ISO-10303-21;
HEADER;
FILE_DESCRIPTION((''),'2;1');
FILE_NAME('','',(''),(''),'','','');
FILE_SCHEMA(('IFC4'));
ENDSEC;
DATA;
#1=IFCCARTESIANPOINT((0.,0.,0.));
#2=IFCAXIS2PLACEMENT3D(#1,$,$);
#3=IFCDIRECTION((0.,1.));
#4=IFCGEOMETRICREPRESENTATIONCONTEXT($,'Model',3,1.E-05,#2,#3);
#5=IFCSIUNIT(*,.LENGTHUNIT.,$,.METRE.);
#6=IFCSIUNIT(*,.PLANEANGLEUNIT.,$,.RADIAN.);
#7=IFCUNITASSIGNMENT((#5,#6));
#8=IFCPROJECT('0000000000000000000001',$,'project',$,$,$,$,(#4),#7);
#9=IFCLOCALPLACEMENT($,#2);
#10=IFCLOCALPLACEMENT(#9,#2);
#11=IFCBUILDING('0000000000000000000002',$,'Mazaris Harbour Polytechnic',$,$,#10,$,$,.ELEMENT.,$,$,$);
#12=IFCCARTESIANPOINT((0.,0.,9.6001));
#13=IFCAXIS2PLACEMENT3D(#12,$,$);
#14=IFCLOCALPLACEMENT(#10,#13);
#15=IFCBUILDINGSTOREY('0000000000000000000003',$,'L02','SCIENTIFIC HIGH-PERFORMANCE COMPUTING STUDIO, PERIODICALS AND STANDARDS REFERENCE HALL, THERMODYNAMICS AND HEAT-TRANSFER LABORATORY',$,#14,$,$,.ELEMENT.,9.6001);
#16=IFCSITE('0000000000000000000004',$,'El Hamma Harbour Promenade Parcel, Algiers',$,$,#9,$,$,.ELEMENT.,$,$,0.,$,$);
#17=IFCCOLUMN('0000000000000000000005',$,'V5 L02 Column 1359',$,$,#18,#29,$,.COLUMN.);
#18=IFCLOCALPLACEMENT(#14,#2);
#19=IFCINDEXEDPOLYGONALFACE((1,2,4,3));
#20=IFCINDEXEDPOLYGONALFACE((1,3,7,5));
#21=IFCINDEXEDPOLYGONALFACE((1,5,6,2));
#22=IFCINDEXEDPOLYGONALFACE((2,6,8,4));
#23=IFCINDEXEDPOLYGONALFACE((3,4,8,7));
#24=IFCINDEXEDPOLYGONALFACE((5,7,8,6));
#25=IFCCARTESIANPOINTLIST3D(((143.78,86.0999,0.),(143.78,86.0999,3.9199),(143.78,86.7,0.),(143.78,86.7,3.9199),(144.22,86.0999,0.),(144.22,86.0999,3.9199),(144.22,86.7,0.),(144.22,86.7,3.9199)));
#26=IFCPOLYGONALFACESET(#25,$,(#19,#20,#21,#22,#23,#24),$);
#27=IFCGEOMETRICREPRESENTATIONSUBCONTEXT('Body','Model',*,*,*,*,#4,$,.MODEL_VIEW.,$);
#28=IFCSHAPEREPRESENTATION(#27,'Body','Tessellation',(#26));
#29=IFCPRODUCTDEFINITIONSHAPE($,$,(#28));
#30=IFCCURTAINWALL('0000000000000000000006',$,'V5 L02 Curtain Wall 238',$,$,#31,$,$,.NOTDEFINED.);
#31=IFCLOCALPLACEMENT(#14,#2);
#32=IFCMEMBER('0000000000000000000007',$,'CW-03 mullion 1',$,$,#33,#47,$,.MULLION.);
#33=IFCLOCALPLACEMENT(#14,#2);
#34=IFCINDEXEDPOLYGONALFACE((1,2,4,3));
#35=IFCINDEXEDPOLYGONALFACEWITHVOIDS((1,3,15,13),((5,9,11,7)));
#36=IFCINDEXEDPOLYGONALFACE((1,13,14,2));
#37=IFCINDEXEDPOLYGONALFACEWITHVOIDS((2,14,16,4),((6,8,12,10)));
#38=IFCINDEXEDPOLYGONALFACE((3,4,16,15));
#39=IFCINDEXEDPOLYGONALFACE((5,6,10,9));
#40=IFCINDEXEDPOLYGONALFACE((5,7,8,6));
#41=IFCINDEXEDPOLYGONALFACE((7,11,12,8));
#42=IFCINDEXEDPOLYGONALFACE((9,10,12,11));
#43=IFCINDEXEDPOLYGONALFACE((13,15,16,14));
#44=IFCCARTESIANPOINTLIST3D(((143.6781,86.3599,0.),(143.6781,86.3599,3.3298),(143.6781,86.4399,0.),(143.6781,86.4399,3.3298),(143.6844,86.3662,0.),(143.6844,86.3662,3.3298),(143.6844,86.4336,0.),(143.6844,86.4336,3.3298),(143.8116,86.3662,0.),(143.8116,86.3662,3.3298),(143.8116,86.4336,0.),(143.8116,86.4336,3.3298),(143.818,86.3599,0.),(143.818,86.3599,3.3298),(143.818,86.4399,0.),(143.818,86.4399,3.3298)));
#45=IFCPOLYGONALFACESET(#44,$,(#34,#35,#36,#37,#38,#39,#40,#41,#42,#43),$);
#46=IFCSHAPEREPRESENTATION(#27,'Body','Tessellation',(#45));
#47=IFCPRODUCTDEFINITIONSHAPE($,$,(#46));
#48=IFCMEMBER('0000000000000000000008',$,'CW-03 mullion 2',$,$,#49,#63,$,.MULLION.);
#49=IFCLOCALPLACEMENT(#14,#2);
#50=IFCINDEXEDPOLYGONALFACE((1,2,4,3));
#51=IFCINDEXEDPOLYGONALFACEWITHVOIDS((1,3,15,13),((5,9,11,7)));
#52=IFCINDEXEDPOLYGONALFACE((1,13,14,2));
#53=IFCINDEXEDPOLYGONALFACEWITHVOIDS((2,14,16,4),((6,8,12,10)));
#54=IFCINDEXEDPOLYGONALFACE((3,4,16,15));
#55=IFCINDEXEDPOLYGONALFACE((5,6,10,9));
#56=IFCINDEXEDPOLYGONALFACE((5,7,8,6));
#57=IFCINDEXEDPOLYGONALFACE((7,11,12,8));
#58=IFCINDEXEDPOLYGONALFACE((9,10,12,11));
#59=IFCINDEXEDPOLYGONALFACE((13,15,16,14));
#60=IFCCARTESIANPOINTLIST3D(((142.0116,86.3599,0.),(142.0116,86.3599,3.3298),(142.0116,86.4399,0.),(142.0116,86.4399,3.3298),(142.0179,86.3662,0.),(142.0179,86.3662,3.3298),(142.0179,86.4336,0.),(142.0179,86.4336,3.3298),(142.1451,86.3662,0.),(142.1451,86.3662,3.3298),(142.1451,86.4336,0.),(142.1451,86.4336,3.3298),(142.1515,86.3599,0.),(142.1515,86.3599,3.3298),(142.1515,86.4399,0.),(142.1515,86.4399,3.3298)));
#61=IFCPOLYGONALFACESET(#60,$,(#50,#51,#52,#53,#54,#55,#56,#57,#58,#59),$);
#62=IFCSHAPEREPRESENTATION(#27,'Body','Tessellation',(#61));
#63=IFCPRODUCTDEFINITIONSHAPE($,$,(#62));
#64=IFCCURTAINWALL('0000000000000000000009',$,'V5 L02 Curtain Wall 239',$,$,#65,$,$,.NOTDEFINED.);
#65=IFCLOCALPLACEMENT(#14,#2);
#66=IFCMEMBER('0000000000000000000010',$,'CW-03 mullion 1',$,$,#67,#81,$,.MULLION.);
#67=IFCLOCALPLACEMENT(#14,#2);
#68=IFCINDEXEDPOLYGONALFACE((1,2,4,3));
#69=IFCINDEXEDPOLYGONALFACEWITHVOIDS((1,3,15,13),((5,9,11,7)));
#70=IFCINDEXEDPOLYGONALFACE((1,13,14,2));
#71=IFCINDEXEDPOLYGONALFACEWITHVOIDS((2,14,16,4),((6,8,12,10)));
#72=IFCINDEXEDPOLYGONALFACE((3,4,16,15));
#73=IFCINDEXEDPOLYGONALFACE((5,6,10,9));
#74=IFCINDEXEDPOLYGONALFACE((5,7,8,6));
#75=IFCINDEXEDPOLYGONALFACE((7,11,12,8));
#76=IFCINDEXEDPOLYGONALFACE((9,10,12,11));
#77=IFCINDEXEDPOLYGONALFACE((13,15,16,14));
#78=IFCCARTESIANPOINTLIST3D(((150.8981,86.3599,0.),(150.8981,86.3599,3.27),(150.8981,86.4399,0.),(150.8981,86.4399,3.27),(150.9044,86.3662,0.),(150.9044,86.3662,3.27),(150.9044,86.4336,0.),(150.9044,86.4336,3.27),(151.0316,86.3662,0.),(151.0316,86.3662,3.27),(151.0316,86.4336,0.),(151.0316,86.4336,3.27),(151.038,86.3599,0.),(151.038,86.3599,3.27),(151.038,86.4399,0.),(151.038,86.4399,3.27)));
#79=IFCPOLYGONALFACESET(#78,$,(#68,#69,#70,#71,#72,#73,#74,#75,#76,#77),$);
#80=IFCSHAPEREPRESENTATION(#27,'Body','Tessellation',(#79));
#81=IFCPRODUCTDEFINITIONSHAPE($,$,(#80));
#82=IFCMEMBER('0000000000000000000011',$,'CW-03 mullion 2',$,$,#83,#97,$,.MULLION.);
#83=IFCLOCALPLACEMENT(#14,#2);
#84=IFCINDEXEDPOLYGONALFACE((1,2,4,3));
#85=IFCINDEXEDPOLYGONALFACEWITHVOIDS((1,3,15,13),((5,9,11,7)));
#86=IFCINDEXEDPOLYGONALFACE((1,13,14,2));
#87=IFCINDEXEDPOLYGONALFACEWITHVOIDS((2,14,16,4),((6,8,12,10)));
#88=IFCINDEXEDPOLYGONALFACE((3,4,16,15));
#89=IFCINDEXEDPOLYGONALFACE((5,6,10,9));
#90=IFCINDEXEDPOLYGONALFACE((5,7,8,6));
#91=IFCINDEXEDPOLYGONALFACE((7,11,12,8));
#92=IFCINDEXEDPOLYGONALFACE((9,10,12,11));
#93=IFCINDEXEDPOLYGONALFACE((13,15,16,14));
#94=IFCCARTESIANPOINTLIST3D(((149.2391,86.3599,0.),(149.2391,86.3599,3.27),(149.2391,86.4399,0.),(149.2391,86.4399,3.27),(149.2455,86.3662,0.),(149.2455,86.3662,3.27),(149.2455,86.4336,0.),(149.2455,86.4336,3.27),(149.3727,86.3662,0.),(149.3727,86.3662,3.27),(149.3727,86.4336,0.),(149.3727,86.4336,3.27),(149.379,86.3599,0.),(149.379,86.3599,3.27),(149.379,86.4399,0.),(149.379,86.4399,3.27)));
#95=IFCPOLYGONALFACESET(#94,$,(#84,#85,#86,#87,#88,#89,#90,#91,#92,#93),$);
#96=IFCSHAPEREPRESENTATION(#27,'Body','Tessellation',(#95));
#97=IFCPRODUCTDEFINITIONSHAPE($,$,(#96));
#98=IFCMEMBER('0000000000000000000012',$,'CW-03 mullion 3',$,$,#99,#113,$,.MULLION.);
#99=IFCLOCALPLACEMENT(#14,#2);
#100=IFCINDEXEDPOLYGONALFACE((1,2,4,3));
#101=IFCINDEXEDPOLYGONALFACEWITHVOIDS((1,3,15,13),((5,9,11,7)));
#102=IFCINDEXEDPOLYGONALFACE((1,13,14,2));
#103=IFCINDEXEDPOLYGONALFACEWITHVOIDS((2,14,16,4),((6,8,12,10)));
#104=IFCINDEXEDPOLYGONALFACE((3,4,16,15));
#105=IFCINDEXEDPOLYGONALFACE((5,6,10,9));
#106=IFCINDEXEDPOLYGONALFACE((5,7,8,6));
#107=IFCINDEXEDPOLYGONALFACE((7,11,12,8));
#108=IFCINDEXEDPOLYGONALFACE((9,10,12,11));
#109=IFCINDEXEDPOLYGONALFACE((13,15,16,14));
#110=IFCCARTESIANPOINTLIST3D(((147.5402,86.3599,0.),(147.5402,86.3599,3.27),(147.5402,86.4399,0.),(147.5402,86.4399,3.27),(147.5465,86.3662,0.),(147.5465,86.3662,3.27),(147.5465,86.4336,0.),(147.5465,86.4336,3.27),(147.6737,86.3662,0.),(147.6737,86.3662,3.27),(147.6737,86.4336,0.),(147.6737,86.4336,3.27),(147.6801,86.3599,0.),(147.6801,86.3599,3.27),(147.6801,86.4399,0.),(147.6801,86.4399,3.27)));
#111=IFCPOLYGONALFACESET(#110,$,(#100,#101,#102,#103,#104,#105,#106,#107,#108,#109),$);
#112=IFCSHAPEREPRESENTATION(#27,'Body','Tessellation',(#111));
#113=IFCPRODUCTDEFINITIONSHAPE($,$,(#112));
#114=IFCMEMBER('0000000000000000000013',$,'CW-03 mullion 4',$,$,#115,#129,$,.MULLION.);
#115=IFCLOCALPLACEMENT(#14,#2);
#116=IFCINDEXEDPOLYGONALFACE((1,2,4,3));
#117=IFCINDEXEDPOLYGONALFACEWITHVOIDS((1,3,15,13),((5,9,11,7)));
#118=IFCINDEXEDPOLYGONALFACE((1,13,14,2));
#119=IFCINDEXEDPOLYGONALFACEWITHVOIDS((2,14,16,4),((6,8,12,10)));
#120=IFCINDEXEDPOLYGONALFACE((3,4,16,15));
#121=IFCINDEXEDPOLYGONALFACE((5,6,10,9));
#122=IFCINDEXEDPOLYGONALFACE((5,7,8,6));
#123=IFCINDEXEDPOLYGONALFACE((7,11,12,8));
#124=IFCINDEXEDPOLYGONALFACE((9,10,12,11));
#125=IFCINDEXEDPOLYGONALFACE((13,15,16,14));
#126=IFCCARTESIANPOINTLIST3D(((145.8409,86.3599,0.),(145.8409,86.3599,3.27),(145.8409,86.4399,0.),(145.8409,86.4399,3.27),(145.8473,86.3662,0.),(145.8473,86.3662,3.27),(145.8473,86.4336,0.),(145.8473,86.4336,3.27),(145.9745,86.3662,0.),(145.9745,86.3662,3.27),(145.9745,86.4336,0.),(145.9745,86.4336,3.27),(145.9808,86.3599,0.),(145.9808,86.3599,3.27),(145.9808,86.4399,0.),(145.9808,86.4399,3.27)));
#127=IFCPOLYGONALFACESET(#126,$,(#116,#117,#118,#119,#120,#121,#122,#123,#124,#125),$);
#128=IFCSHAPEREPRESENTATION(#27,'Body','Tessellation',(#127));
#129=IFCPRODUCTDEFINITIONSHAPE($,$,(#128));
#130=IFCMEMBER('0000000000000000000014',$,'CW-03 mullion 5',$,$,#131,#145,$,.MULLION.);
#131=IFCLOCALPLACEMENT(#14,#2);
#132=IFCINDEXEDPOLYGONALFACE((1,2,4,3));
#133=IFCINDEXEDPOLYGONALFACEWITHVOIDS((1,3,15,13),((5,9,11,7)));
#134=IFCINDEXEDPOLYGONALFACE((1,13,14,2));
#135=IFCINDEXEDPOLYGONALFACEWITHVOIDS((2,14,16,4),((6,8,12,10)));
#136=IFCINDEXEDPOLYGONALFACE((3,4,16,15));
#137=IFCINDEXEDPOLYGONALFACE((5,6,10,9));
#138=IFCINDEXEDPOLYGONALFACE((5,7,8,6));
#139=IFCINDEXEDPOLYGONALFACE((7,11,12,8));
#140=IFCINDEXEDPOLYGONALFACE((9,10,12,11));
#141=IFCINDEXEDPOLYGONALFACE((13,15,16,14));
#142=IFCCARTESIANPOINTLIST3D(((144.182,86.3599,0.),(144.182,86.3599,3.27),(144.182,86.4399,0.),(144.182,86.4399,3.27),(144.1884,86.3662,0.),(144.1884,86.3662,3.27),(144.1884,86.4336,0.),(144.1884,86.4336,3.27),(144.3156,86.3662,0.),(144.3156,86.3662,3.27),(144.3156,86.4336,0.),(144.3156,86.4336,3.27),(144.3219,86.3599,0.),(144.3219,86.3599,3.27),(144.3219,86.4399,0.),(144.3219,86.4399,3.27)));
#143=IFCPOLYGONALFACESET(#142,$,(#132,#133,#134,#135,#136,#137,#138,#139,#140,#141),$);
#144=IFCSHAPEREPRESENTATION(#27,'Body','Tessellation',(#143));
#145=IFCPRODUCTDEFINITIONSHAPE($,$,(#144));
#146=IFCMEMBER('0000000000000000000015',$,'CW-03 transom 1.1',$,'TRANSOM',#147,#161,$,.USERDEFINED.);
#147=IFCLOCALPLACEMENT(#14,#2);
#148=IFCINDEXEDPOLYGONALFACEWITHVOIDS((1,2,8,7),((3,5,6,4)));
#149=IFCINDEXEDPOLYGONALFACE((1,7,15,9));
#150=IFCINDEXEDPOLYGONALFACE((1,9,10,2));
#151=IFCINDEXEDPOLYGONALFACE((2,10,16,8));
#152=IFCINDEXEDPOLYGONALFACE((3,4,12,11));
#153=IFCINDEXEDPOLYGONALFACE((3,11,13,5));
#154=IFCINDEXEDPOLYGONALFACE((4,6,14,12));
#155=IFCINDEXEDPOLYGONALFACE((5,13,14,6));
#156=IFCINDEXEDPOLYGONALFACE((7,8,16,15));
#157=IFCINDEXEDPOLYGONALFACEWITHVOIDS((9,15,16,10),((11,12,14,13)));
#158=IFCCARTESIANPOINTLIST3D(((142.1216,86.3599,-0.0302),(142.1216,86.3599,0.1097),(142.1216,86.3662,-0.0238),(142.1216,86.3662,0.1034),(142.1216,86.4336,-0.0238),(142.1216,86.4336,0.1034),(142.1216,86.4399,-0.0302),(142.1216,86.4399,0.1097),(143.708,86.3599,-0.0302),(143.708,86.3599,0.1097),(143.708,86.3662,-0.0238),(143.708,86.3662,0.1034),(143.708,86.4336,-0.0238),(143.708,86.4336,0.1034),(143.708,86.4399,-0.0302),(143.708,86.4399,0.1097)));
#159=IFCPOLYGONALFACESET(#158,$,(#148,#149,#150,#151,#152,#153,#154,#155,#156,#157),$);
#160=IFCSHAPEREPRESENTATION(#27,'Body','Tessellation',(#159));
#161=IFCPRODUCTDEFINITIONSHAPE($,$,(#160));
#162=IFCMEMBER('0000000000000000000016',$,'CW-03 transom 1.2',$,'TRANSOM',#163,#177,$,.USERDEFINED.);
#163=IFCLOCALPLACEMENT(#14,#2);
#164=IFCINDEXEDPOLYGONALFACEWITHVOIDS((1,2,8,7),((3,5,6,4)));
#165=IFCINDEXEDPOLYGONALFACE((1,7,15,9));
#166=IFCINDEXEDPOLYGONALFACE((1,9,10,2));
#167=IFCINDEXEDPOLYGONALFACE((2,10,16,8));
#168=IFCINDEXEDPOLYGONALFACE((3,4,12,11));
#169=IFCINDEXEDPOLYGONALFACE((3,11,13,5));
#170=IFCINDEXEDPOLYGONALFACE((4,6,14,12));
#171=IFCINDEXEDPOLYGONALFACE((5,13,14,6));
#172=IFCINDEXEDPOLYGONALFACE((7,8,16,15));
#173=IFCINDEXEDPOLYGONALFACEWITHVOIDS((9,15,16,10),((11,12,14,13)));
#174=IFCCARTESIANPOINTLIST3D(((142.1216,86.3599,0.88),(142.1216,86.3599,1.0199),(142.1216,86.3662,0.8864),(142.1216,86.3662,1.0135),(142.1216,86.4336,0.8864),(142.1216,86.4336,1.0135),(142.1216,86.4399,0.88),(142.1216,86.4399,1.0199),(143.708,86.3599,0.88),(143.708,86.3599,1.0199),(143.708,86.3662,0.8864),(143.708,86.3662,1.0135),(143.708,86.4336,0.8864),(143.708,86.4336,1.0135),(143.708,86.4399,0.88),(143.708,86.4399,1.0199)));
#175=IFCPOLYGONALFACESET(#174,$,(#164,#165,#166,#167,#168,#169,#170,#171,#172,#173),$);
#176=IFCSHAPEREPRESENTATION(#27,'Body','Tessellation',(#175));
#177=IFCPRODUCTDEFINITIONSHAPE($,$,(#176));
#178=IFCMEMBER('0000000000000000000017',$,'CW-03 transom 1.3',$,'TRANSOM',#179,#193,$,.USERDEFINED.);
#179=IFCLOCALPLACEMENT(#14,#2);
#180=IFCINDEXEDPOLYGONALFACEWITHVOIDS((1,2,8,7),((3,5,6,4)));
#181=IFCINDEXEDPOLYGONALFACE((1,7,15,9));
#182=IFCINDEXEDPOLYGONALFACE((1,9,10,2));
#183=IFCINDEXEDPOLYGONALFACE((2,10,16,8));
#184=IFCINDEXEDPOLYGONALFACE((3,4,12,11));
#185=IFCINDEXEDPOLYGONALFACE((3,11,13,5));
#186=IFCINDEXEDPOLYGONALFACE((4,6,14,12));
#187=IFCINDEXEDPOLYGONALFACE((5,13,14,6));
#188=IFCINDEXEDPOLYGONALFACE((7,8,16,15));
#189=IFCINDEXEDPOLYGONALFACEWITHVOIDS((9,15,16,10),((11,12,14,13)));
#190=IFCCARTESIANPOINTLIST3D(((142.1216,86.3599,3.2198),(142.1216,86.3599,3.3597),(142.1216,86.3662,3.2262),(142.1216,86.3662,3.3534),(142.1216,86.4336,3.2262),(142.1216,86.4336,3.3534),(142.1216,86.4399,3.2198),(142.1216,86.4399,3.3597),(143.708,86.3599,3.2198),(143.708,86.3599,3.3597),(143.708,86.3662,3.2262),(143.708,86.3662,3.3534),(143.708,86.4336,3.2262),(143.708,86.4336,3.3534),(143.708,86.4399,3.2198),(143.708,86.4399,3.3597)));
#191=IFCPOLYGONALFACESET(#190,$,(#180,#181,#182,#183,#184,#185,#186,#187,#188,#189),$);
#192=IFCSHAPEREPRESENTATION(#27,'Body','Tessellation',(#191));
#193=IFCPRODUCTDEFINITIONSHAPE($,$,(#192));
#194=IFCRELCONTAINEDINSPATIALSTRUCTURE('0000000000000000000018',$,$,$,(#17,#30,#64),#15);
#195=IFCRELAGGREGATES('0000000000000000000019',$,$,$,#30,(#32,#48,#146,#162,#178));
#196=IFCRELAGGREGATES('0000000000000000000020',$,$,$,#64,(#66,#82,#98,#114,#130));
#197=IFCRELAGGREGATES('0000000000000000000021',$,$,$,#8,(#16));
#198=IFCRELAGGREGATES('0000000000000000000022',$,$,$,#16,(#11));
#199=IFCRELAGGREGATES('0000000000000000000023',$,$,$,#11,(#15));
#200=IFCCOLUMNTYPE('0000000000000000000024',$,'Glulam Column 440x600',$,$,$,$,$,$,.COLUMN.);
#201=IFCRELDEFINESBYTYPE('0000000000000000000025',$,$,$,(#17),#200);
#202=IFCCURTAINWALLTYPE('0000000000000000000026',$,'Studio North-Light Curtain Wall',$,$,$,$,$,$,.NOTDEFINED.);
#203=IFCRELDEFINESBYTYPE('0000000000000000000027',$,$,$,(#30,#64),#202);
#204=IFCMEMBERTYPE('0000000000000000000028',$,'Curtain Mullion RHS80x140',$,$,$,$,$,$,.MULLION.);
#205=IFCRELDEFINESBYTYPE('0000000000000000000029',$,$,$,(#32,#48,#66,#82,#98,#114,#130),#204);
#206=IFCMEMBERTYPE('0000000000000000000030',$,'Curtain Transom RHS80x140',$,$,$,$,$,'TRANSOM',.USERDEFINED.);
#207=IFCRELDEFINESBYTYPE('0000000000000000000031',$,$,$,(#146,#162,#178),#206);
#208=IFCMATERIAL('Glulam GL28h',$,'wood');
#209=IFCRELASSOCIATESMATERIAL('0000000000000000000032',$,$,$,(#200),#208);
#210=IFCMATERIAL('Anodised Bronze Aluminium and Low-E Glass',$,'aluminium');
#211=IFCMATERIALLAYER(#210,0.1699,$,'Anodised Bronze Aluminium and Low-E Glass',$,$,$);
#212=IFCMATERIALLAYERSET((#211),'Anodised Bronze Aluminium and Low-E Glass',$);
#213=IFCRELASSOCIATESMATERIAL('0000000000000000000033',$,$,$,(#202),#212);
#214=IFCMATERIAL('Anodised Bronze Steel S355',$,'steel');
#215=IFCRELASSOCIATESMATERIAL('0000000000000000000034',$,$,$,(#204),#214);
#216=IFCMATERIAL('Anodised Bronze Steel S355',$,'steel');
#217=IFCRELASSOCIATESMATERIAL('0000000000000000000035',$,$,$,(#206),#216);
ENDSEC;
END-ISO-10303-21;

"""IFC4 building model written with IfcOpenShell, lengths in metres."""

from ifc_helpers import new_model, si_unit, direction, frame, origin, origin_2d, place, context, subcontext, project, spatial, rectangle, hollow_rectangle, extrude, material, layer, layer_set, material_profile, profile_set, type_object, element, aggregate, save


model = new_model("IFC4")

# Units and contexts
model_context = context("Model", 3, precision=1e-05, world=origin(), true_north=direction((0.0, 1.0)))
body_context = subcontext(model_context, "Body", "Model", "MODEL_VIEW")
ifc_project = project(units=[si_unit("LENGTHUNIT", "METRE"), si_unit("PLANEANGLEUNIT", "RADIAN")], contexts=[model_context])

# Site, building, storey
site_placement = place(None, origin())
site = spatial("IfcSite", under=ifc_project, at=site_placement, Name="El Hamma Harbour Promenade Parcel, Algiers", CompositionType="ELEMENT", RefElevation=0.0)
building_placement = place(site_placement, origin())
building = spatial("IfcBuilding", under=site, at=building_placement, Name="Mazaris Harbour Polytechnic", CompositionType="ELEMENT")
storey_placement = place(building_placement, frame((0.0, 0.0, 9.6001)))
storey = spatial("IfcBuildingStorey", under=building, at=storey_placement, Name="L02", Description="SCIENTIFIC HIGH-PERFORMANCE COMPUTING STUDIO, PERIODICALS AND STANDARDS REFERENCE HALL, THERMODYNAMICS AND HEAT-TRANSFER LABORATORY", CompositionType="ELEMENT", Elevation=9.6001)

# Column
ifc_material_1 = material(Name="Glulam GL28h", Category="wood")
ifc_material_profile_1 = material_profile(ifc_material_1, rectangle(XDim=0.4399, YDim=0.6001, at=origin_2d()), Name="RECT440x600")
ifc_profile_set_1 = profile_set([ifc_material_profile_1], Name="Glulam GL28h")
column_type = type_object("IfcColumnType", Name="Glulam Column 440x600", PredefinedType="COLUMN", material=ifc_profile_set_1)
column_placement = place(storey_placement, frame((144.0, 86.3999, 0.0), z_axis=(0.0, 0.0, 1.0), x_axis=(1.0, 0.0, 0.0)))
element("IfcColumn", 1, at=column_placement, inside=storey, type_object=column_type, Name="V5 L02 Column 1359", PredefinedType="COLUMN", context=body_context, shape_type="SweptSolid", body=[
    extrude(rectangle(XDim=0.4399, YDim=0.6001, at=origin_2d()), origin(), (0.0, 0.0, 1.0), 3.9199),
])

# Curtain walls, members
ifc_material_2 = material(Name="Anodised Bronze Aluminium and Low-E Glass", Category="aluminium")
ifc_layer_1 = layer(ifc_material_2, 0.1699, Name="Anodised Bronze Aluminium and Low-E Glass")
ifc_layer_set_1 = layer_set([ifc_layer_1], Name="Anodised Bronze Aluminium and Low-E Glass")
curtain_wall_type = type_object("IfcCurtainWallType", Name="Studio North-Light Curtain Wall", PredefinedType="NOTDEFINED", material=ifc_layer_set_1)
curtain_wall_1_placement = place(storey_placement, origin())
curtain_wall_1 = element("IfcCurtainWall", 2, at=curtain_wall_1_placement, inside=storey, type_object=curtain_wall_type, Name="V5 L02 Curtain Wall 238", PredefinedType="NOTDEFINED")
ifc_material_3 = material(Name="Anodised Bronze Steel S355", Category="steel")
ifc_material_profile_2 = material_profile(ifc_material_3, hollow_rectangle(XDim=0.0801, YDim=0.1399, WallThickness=0.0063, at=origin_2d()), Name="RHS 80x140x6.3")
ifc_profile_set_2 = profile_set([ifc_material_profile_2], Name="Anodised Bronze Steel S355")
member_type_1 = type_object("IfcMemberType", Name="Curtain Mullion RHS80x140", PredefinedType="MULLION", material=ifc_profile_set_2)
member_1_placement = place(storey_placement, frame((143.748, 86.3999, 0.0), z_axis=(0.0, 0.0, 1.0), x_axis=(0.0, -1.0, 0.0)))
member_1 = element("IfcMember", 3, at=member_1_placement, type_object=member_type_1, Name="CW-03 mullion 1", PredefinedType="MULLION", context=body_context, shape_type="SweptSolid", body=[
    extrude(hollow_rectangle(XDim=0.0801, YDim=0.1399, WallThickness=0.0063, at=origin_2d()), origin(), (0.0, 0.0, 1.0), 3.3298),
])
member_2_placement = place(storey_placement, frame((142.0815, 86.3999, 0.0), z_axis=(0.0, 0.0, 1.0), x_axis=(0.0, -1.0, 0.0)))
member_2 = element("IfcMember", 4, at=member_2_placement, type_object=member_type_1, Name="CW-03 mullion 2", PredefinedType="MULLION", context=body_context, shape_type="SweptSolid", body=[
    extrude(hollow_rectangle(XDim=0.0801, YDim=0.1399, WallThickness=0.0063, at=origin_2d()), origin(), (0.0, 0.0, 1.0), 3.3298),
])
curtain_wall_2_placement = place(storey_placement, origin())
curtain_wall_2 = element("IfcCurtainWall", 5, at=curtain_wall_2_placement, inside=storey, type_object=curtain_wall_type, Name="V5 L02 Curtain Wall 239", PredefinedType="NOTDEFINED")
member_3_placement = place(storey_placement, frame((150.968, 86.3999, 0.0), z_axis=(0.0, 0.0, 1.0), x_axis=(0.0, -1.0, 0.0)))
member_3 = element("IfcMember", 6, at=member_3_placement, type_object=member_type_1, Name="CW-03 mullion 1", PredefinedType="MULLION", context=body_context, shape_type="SweptSolid", body=[
    extrude(hollow_rectangle(XDim=0.0801, YDim=0.1399, WallThickness=0.0063, at=origin_2d()), origin(), (0.0, 0.0, 1.0), 3.27),
])
member_4_placement = place(storey_placement, frame((149.3091, 86.3999, 0.0), z_axis=(0.0, 0.0, 1.0), x_axis=(0.0, -1.0, 0.0)))
member_4 = element("IfcMember", 7, at=member_4_placement, type_object=member_type_1, Name="CW-03 mullion 2", PredefinedType="MULLION", context=body_context, shape_type="SweptSolid", body=[
    extrude(hollow_rectangle(XDim=0.0801, YDim=0.1399, WallThickness=0.0063, at=origin_2d()), origin(), (0.0, 0.0, 1.0), 3.27),
])
member_5_placement = place(storey_placement, frame((147.6101, 86.3999, 0.0), z_axis=(0.0, 0.0, 1.0), x_axis=(0.0, -1.0, 0.0)))
member_5 = element("IfcMember", 8, at=member_5_placement, type_object=member_type_1, Name="CW-03 mullion 3", PredefinedType="MULLION", context=body_context, shape_type="SweptSolid", body=[
    extrude(hollow_rectangle(XDim=0.0801, YDim=0.1399, WallThickness=0.0063, at=origin_2d()), origin(), (0.0, 0.0, 1.0), 3.27),
])
member_6_placement = place(storey_placement, frame((145.9109, 86.3999, 0.0), z_axis=(0.0, 0.0, 1.0), x_axis=(0.0, -1.0, 0.0)))
member_6 = element("IfcMember", 9, at=member_6_placement, type_object=member_type_1, Name="CW-03 mullion 4", PredefinedType="MULLION", context=body_context, shape_type="SweptSolid", body=[
    extrude(hollow_rectangle(XDim=0.0801, YDim=0.1399, WallThickness=0.0063, at=origin_2d()), origin(), (0.0, 0.0, 1.0), 3.27),
])
member_7_placement = place(storey_placement, frame((144.252, 86.3999, 0.0), z_axis=(0.0, 0.0, 1.0), x_axis=(0.0, -1.0, 0.0)))
member_7 = element("IfcMember", 10, at=member_7_placement, type_object=member_type_1, Name="CW-03 mullion 5", PredefinedType="MULLION", context=body_context, shape_type="SweptSolid", body=[
    extrude(hollow_rectangle(XDim=0.0801, YDim=0.1399, WallThickness=0.0063, at=origin_2d()), origin(), (0.0, 0.0, 1.0), 3.27),
])

# Members
ifc_material_4 = material(Name="Anodised Bronze Steel S355", Category="steel")
ifc_material_profile_3 = material_profile(ifc_material_4, hollow_rectangle(XDim=0.0801, YDim=0.1399, WallThickness=0.0063, at=origin_2d()), Name="RHS 80x140x6.3")
ifc_profile_set_3 = profile_set([ifc_material_profile_3], Name="Anodised Bronze Steel S355")
member_type_2 = type_object("IfcMemberType", Name="Curtain Transom RHS80x140", ElementType="TRANSOM", PredefinedType="USERDEFINED", material=ifc_profile_set_3)
member_8_placement = place(storey_placement, frame((143.708, 86.3999, 0.0398), z_axis=(-1.0, 0.0, 0.0), x_axis=(0.0, -1.0, 0.0)))
member_8 = element("IfcMember", 11, at=member_8_placement, type_object=member_type_2, Name="CW-03 transom 1.1", ObjectType="TRANSOM", PredefinedType="USERDEFINED", context=body_context, shape_type="SweptSolid", body=[
    extrude(hollow_rectangle(XDim=0.0801, YDim=0.1399, WallThickness=0.0063, at=origin_2d()), origin(), (0.0, 0.0, 1.0), 1.5864),
])
member_9_placement = place(storey_placement, frame((143.708, 86.3999, 0.95), z_axis=(-1.0, 0.0, 0.0), x_axis=(0.0, -1.0, 0.0)))
member_9 = element("IfcMember", 12, at=member_9_placement, type_object=member_type_2, Name="CW-03 transom 1.2", ObjectType="TRANSOM", PredefinedType="USERDEFINED", context=body_context, shape_type="SweptSolid", body=[
    extrude(hollow_rectangle(XDim=0.0801, YDim=0.1399, WallThickness=0.0063, at=origin_2d()), origin(), (0.0, 0.0, 1.0), 1.5864),
])
member_10_placement = place(storey_placement, frame((143.708, 86.3999, 3.2898), z_axis=(-1.0, 0.0, 0.0), x_axis=(0.0, -1.0, 0.0)))
member_10 = element("IfcMember", 13, at=member_10_placement, type_object=member_type_2, Name="CW-03 transom 1.3", ObjectType="TRANSOM", PredefinedType="USERDEFINED", context=body_context, shape_type="SweptSolid", body=[
    extrude(hollow_rectangle(XDim=0.0801, YDim=0.1399, WallThickness=0.0063, at=origin_2d()), origin(), (0.0, 0.0, 1.0), 1.5864),
])

aggregate(curtain_wall_1, [member_1, member_2, member_8, member_9, member_10])
aggregate(curtain_wall_2, [member_3, member_4, member_5, member_6, member_7])

save(model, "model.ifc")
